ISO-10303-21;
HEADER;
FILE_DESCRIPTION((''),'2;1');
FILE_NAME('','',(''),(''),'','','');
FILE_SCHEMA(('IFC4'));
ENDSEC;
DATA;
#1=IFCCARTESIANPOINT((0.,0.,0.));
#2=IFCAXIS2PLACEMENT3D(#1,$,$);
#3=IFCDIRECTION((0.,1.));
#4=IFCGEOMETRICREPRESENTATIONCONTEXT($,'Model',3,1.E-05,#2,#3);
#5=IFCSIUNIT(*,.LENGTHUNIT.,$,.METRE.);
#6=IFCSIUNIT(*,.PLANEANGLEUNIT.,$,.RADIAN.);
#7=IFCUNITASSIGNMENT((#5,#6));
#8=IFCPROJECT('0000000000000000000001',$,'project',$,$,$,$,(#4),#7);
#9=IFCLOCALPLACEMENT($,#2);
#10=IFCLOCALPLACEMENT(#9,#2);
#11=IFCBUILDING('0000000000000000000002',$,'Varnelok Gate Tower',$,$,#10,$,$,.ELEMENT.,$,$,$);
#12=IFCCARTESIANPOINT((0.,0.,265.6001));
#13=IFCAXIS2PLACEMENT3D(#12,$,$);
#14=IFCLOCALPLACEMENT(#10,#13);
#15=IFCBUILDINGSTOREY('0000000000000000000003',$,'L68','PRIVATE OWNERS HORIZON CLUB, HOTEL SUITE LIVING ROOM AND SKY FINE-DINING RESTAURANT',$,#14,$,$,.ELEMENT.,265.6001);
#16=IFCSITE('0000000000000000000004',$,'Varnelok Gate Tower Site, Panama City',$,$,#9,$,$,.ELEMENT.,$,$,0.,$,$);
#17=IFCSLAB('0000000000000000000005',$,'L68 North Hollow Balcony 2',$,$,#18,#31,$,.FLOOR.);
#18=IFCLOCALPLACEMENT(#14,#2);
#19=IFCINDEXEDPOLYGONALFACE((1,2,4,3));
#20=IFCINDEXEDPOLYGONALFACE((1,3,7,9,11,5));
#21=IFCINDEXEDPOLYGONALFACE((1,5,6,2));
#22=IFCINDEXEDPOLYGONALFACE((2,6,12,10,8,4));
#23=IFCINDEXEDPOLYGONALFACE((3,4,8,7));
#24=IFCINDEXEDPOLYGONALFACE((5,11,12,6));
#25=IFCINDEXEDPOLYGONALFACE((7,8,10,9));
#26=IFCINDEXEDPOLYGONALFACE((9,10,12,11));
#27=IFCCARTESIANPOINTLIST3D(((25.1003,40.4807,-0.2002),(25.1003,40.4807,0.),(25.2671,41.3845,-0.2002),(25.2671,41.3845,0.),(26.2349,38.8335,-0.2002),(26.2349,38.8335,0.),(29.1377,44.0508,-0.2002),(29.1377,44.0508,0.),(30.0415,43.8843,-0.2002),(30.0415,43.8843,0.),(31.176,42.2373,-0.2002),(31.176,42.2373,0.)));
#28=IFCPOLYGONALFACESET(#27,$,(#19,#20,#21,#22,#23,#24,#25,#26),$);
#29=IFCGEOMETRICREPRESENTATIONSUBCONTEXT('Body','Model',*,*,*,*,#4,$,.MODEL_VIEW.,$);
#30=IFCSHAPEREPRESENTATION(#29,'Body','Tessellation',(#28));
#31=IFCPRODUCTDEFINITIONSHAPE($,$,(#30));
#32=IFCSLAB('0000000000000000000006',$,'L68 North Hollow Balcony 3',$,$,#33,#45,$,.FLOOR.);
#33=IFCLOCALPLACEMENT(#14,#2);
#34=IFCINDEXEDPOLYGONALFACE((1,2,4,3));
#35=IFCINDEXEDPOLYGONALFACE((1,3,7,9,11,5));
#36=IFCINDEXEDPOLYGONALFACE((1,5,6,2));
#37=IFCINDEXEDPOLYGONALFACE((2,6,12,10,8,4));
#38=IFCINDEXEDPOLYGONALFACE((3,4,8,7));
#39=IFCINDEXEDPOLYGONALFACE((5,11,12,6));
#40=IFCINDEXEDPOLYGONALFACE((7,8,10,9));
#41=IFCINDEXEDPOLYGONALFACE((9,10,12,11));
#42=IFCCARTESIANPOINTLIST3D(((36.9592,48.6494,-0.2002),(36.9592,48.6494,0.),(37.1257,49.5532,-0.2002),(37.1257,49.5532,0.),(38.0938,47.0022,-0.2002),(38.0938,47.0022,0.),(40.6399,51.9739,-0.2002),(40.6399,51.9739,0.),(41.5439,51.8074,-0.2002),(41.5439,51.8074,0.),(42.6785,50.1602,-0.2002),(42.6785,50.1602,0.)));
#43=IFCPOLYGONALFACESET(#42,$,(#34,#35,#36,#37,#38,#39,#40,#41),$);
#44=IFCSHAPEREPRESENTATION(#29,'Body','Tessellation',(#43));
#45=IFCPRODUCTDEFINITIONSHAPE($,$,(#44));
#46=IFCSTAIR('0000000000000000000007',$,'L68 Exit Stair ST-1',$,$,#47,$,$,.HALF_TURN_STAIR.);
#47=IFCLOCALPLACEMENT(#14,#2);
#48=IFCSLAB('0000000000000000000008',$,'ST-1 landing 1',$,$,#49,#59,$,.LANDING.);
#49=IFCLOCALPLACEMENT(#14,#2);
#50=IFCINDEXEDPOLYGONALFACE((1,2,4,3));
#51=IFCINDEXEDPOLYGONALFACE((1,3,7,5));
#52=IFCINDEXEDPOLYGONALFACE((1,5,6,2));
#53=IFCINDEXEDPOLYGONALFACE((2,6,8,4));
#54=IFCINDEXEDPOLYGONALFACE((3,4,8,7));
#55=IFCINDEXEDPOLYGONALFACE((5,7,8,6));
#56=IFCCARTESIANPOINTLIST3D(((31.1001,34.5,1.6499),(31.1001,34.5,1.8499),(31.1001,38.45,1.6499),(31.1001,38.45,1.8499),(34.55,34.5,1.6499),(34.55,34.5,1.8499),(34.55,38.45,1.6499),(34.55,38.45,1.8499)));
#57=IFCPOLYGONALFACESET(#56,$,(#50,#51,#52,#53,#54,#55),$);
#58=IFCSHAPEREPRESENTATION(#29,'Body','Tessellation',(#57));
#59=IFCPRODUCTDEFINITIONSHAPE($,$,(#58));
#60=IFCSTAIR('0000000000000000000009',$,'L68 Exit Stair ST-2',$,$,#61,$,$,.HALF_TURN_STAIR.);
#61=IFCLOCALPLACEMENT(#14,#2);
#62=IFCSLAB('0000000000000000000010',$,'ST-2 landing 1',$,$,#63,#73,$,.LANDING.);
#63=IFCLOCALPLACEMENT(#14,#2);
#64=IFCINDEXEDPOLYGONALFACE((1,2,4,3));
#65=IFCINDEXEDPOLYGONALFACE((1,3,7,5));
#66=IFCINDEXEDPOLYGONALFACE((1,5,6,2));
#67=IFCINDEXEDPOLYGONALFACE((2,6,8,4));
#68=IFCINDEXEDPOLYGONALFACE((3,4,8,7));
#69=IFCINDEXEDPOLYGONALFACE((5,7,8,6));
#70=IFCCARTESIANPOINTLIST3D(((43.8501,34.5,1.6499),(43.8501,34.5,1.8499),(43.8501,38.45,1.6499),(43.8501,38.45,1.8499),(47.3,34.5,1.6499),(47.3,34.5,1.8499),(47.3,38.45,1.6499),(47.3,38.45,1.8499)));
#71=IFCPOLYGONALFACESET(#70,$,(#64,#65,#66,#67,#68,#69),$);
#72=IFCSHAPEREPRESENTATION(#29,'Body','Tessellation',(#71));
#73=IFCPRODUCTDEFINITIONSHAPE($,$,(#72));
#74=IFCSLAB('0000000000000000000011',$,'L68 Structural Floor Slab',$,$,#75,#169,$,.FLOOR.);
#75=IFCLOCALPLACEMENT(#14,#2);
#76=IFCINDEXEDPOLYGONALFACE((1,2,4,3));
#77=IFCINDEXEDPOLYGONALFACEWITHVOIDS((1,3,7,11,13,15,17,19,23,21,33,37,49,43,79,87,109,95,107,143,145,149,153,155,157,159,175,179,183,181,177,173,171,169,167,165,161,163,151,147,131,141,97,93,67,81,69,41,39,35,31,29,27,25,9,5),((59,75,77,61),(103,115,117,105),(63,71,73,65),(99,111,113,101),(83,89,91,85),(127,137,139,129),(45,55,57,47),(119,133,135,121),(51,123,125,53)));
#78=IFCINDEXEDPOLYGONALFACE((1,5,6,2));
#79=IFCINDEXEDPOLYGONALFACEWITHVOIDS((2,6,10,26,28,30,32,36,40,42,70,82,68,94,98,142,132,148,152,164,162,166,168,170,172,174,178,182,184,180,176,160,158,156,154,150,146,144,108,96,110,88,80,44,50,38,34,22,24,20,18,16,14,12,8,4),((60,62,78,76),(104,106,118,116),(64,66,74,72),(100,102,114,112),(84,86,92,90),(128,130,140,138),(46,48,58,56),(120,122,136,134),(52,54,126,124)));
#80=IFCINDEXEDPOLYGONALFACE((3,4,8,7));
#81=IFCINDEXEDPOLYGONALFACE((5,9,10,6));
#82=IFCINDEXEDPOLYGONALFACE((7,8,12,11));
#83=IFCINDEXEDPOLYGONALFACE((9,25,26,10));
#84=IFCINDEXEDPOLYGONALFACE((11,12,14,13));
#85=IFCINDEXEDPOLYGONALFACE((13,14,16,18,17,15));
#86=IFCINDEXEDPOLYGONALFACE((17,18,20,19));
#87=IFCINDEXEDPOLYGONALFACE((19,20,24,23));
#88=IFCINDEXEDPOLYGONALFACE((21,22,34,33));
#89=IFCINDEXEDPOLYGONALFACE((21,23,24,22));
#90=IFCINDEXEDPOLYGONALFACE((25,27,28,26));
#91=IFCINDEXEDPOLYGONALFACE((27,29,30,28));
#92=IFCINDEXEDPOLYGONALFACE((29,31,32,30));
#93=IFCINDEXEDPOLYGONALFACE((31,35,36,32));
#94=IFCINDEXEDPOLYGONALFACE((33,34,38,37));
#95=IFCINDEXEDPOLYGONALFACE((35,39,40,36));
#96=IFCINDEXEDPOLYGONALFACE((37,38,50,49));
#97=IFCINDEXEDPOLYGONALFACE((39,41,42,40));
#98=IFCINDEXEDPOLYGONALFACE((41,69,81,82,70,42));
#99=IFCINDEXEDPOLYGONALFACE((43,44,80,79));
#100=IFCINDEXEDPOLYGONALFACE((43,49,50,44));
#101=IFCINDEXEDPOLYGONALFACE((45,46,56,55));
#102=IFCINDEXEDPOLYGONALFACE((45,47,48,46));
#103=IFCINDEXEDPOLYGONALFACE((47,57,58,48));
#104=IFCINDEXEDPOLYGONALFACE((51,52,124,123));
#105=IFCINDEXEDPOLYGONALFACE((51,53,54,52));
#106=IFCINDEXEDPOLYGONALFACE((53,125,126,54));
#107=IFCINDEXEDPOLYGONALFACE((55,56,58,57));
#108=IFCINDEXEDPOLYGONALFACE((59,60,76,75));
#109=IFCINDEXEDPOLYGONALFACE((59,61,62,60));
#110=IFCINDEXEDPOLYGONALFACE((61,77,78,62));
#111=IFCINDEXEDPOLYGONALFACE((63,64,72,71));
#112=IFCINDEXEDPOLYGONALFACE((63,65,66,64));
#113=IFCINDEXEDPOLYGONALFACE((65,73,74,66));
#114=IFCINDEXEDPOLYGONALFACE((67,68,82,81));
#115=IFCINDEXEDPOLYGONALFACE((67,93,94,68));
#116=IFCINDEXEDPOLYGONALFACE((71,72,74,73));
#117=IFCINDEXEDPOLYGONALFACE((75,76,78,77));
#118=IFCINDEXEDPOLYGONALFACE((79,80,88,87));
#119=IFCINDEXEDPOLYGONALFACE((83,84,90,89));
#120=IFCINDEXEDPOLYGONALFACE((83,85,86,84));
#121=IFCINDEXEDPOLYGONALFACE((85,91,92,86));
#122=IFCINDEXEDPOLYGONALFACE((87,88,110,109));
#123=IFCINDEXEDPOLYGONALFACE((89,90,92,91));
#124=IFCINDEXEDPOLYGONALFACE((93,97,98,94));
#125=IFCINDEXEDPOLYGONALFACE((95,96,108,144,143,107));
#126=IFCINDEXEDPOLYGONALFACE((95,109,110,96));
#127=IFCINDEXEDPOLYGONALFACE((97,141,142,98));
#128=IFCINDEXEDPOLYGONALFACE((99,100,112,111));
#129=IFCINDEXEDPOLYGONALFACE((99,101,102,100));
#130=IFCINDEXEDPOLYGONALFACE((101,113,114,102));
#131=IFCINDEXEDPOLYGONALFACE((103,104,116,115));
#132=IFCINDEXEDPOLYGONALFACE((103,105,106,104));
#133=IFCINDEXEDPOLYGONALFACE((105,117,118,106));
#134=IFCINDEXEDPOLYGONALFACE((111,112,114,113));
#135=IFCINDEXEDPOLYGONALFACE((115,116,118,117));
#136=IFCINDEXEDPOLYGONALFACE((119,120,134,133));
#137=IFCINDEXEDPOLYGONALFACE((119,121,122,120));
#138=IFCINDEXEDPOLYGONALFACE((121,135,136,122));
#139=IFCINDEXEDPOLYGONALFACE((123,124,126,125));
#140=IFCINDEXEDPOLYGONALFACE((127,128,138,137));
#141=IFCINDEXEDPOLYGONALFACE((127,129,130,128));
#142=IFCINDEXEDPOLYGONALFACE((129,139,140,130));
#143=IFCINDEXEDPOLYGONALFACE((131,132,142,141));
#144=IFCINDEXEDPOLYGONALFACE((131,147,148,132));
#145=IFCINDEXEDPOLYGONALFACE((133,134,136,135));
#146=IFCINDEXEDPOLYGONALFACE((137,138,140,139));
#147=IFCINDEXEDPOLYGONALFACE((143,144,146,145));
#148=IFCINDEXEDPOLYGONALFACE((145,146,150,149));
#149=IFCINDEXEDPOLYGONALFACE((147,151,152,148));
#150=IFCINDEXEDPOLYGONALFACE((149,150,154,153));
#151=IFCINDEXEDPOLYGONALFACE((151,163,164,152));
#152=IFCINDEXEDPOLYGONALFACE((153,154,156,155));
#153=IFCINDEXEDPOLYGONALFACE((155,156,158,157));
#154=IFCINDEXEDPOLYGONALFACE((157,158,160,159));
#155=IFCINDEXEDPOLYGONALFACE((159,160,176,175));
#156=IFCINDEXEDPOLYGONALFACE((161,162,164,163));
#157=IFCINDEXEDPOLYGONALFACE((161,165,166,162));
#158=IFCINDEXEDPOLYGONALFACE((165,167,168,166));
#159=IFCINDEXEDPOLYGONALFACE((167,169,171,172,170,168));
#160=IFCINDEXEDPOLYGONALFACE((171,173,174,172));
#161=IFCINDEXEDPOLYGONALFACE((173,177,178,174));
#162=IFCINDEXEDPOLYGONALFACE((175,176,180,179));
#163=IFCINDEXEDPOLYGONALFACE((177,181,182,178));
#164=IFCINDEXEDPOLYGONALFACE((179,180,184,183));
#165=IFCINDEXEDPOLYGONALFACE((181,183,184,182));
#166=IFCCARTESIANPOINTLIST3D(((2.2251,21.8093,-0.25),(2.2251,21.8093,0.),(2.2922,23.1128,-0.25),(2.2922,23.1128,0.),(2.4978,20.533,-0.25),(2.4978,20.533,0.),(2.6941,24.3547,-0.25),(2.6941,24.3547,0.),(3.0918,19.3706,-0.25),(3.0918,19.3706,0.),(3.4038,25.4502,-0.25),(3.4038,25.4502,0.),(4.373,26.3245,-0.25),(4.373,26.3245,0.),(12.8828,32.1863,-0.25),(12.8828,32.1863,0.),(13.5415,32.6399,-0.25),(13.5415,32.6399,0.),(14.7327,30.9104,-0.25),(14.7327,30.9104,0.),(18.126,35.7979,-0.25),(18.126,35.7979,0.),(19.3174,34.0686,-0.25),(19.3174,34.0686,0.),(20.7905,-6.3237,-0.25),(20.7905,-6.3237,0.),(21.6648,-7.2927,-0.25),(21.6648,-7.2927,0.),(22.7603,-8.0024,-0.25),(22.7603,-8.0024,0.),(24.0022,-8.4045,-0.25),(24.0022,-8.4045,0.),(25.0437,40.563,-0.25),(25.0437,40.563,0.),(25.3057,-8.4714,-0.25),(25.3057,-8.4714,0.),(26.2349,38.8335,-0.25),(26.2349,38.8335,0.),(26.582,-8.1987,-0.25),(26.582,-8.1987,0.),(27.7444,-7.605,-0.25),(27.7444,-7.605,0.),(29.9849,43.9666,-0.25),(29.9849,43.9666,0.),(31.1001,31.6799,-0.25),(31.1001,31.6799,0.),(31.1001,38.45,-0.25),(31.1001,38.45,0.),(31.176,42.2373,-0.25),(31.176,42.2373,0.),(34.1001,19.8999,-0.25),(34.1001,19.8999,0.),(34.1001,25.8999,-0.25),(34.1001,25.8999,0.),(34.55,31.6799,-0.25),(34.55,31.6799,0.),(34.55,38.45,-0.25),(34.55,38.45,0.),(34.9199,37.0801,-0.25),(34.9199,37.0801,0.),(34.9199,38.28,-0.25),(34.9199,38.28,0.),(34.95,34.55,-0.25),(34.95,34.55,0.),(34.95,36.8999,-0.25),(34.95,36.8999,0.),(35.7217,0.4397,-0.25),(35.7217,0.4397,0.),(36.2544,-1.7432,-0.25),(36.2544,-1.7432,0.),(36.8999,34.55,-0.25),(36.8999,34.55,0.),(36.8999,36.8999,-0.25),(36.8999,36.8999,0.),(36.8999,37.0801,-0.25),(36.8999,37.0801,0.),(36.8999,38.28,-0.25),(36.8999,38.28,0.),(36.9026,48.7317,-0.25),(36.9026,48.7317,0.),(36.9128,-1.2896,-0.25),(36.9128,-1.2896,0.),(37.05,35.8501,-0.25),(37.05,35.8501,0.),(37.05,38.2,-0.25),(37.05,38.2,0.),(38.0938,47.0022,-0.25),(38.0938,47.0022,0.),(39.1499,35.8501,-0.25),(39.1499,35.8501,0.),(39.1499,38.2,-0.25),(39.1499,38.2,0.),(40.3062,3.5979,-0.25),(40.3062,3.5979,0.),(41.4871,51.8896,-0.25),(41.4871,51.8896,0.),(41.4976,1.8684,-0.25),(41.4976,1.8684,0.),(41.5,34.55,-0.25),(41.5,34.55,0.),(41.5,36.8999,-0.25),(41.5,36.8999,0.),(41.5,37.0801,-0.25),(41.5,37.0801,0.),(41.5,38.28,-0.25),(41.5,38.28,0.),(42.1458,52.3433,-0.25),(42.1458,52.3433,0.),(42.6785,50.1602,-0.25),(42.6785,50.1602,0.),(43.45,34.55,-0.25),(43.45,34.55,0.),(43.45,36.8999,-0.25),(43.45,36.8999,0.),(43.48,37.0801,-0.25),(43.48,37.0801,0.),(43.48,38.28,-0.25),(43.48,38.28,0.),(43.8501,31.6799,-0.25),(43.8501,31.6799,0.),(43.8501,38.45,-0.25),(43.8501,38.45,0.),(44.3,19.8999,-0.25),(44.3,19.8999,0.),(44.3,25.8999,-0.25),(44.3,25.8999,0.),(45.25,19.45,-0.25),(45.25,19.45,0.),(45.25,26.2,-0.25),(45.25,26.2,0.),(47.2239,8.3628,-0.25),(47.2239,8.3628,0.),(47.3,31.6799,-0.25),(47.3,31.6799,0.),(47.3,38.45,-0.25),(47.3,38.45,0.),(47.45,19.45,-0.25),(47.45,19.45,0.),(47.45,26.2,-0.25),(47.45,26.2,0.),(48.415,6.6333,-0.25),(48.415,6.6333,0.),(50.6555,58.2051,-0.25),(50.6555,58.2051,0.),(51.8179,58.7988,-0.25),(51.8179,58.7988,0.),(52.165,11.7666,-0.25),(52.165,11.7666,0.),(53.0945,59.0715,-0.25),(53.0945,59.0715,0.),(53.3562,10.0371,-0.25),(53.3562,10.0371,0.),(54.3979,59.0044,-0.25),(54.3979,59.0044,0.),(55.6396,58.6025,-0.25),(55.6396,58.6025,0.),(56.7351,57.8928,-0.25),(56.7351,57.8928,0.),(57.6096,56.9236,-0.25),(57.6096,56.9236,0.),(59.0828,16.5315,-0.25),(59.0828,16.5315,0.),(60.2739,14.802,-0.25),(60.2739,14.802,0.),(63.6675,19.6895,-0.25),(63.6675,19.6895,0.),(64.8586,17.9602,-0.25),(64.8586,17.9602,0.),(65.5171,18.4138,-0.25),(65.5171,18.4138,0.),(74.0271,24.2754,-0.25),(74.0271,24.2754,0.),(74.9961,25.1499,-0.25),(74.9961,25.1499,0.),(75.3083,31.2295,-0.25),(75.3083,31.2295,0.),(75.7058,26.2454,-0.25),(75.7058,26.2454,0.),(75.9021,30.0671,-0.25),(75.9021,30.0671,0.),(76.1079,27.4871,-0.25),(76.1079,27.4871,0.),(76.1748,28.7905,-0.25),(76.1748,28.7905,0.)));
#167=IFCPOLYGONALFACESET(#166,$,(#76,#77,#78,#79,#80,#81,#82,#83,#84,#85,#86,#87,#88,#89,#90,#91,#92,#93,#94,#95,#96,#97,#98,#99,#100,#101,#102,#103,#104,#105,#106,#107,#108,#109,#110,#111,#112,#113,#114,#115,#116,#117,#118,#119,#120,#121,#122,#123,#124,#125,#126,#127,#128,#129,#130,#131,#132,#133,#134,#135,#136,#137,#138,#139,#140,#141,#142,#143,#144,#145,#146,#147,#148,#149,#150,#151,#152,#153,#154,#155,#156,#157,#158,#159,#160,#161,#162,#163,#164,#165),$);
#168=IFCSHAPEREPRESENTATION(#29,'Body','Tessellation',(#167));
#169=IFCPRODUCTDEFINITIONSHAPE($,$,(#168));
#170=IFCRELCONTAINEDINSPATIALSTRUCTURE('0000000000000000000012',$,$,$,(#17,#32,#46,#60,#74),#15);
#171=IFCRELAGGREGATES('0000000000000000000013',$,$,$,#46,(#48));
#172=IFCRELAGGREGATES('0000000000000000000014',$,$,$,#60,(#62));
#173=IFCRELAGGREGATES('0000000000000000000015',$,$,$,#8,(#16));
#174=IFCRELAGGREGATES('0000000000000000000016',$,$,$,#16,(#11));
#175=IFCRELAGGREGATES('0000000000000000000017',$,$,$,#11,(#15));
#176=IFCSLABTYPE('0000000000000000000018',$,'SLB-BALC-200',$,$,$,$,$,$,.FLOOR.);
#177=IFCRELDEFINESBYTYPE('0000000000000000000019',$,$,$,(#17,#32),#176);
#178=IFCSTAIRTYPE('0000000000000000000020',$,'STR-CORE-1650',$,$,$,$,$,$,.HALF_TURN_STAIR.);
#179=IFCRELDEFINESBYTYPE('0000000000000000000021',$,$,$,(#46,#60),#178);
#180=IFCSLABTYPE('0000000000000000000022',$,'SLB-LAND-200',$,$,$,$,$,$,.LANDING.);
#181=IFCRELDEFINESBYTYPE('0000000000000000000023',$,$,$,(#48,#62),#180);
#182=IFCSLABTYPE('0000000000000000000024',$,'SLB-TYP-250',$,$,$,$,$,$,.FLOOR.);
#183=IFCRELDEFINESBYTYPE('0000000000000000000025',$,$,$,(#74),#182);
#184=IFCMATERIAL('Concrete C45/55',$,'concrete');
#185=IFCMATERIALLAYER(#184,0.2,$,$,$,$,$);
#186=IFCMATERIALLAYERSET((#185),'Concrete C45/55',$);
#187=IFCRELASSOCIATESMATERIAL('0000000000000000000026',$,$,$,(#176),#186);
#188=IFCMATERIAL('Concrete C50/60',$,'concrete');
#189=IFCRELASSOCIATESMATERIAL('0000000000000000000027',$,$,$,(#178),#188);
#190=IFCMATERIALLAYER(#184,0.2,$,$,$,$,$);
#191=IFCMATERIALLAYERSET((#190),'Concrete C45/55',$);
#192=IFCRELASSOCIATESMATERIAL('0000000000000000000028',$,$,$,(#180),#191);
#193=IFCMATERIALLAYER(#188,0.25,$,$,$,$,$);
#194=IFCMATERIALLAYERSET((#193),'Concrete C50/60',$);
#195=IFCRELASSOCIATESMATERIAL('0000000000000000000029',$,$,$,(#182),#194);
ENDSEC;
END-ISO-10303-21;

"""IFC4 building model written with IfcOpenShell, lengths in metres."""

from ifc_helpers import new_model, si_unit, direction, frame, origin, place, context, subcontext, project, spatial, polyline, outline, extrude, material, layer, layer_set, type_object, element, aggregate, save


model = new_model("IFC4")

# Units and contexts
model_context = context("Model", 3, precision=1e-05, world=origin(), true_north=direction((0.0, 1.0)))
body_context = subcontext(model_context, "Body", "Model", "MODEL_VIEW")
ifc_project = project(units=[si_unit("LENGTHUNIT", "METRE"), si_unit("PLANEANGLEUNIT", "RADIAN")], contexts=[model_context])

# Site, building, storey
site_placement = place(None, origin())
site = spatial("IfcSite", under=ifc_project, at=site_placement, Name="Varnelok Gate Tower Site, Panama City", CompositionType="ELEMENT", RefElevation=0.0)
building_placement = place(site_placement, origin())
building = spatial("IfcBuilding", under=site, at=building_placement, Name="Varnelok Gate Tower", CompositionType="ELEMENT")
storey_placement = place(building_placement, frame((0.0, 0.0, 265.6001)))
storey = spatial("IfcBuildingStorey", under=building, at=storey_placement, Name="L68", Description="PRIVATE OWNERS HORIZON CLUB, HOTEL SUITE LIVING ROOM AND SKY FINE-DINING RESTAURANT", CompositionType="ELEMENT", Elevation=265.6001)

# Slabs
ifc_material_1 = material(Name="Concrete C45/55", Category="concrete")
ifc_layer_1 = layer(ifc_material_1, 0.2)
ifc_layer_set_1 = layer_set([ifc_layer_1], Name="Concrete C45/55")
slab_type_1 = type_object("IfcSlabType", Name="SLB-BALC-200", PredefinedType="FLOOR", material=ifc_layer_set_1)
slab_1_placement = place(storey_placement, frame((0.0, 0.0, -0.2002)))
element("IfcSlab", 1, at=slab_1_placement, inside=storey, type_object=slab_type_1, Name="L68 North Hollow Balcony 2", PredefinedType="FLOOR", context=body_context, shape_type="SweptSolid", body=[
    extrude(outline(polyline([(26.2349, 38.8335), (31.176, 42.2373), (30.0415, 43.8843), (29.1377, 44.0508), (25.2671, 41.3845), (25.1003, 40.4807), (26.2349, 38.8335)])), origin(), (0.0, 0.0, 1.0), 0.2002),
])
slab_2_placement = place(storey_placement, frame((0.0, 0.0, -0.2002)))
element("IfcSlab", 2, at=slab_2_placement, inside=storey, type_object=slab_type_1, Name="L68 North Hollow Balcony 3", PredefinedType="FLOOR", context=body_context, shape_type="SweptSolid", body=[
    extrude(outline(polyline([(38.0938, 47.0022), (42.6785, 50.1602), (41.5439, 51.8074), (40.6399, 51.9739), (37.1257, 49.5532), (36.9592, 48.6494), (38.0938, 47.0022)])), origin(), (0.0, 0.0, 1.0), 0.2002),
])

# Stairs, slabs
ifc_material_2 = material(Name="Concrete C50/60", Category="concrete")
stair_type = type_object("IfcStairType", Name="STR-CORE-1650", PredefinedType="HALF_TURN_STAIR", material=ifc_material_2)
stair_1_placement = place(storey_placement, origin())
stair_1 = element("IfcStair", 3, at=stair_1_placement, inside=storey, type_object=stair_type, Name="L68 Exit Stair ST-1", PredefinedType="HALF_TURN_STAIR")
ifc_layer_2 = layer(ifc_material_1, 0.2)
ifc_layer_set_2 = layer_set([ifc_layer_2], Name="Concrete C45/55")
slab_type_2 = type_object("IfcSlabType", Name="SLB-LAND-200", PredefinedType="LANDING", material=ifc_layer_set_2)
slab_3_placement = place(storey_placement, frame((0.0, 0.0, 1.6499)))
slab_3 = element("IfcSlab", 4, at=slab_3_placement, type_object=slab_type_2, Name="ST-1 landing 1", PredefinedType="LANDING", context=body_context, shape_type="SweptSolid", body=[
    extrude(outline(polyline([(34.55, 34.5), (34.55, 38.45), (31.1001, 38.45), (31.1001, 34.5), (34.55, 34.5)])), origin(), (0.0, 0.0, 1.0), 0.2),
])
aggregate(stair_1, [slab_3])
stair_2_placement = place(storey_placement, origin())
stair_2 = element("IfcStair", 5, at=stair_2_placement, inside=storey, type_object=stair_type, Name="L68 Exit Stair ST-2", PredefinedType="HALF_TURN_STAIR")
slab_4_placement = place(storey_placement, frame((0.0, 0.0, 1.6499)))
slab_4 = element("IfcSlab", 6, at=slab_4_placement, type_object=slab_type_2, Name="ST-2 landing 1", PredefinedType="LANDING", context=body_context, shape_type="SweptSolid", body=[
    extrude(outline(polyline([(47.3, 34.5), (47.3, 38.45), (43.8501, 38.45), (43.8501, 34.5), (47.3, 34.5)])), origin(), (0.0, 0.0, 1.0), 0.2),
])
aggregate(stair_2, [slab_4])

# Slab
ifc_layer_3 = layer(ifc_material_2, 0.25)
ifc_layer_set_3 = layer_set([ifc_layer_3], Name="Concrete C50/60")
slab_type_3 = type_object("IfcSlabType", Name="SLB-TYP-250", PredefinedType="FLOOR", material=ifc_layer_set_3)
slab_5_placement = place(storey_placement, frame((0.0, 0.0, -0.25)))
element("IfcSlab", 7, at=slab_5_placement, inside=storey, type_object=slab_type_3, Name="L68 Structural Floor Slab", PredefinedType="FLOOR", context=body_context, shape_type="SweptSolid", body=[
    extrude(outline(polyline([(20.7905, -6.3237), (21.6648, -7.2927), (22.7603, -8.0024), (24.0022, -8.4045), (25.3057, -8.4714), (26.582, -8.1987), (27.7444, -7.605), (36.2544, -1.7432), (36.9128, -1.2896), (35.7217, 0.4397), (40.3062, 3.5979), (41.4976, 1.8684), (48.415, 6.6333), (47.2239, 8.3628), (52.165, 11.7666), (53.3562, 10.0371), (60.2739, 14.802), (59.0828, 16.5315), (63.6675, 19.6895), (64.8586, 17.9602), (65.5171, 18.4138), (74.0271, 24.2754), (74.9961, 25.1499), (75.7058, 26.2454), (76.1079, 27.4871), (76.1748, 28.7905), (75.9021, 30.0671), (75.3083, 31.2295), (57.6096, 56.9236), (56.7351, 57.8928), (55.6396, 58.6025), (54.3979, 59.0044), (53.0945, 59.0715), (51.8179, 58.7988), (50.6555, 58.2051), (42.1458, 52.3433), (41.4871, 51.8896), (42.6785, 50.1602), (38.0938, 47.0022), (36.9026, 48.7317), (29.9849, 43.9666), (31.176, 42.2373), (26.2349, 38.8335), (25.0437, 40.563), (18.126, 35.7979), (19.3174, 34.0686), (14.7327, 30.9104), (13.5415, 32.6399), (12.8828, 32.1863), (4.373, 26.3245), (3.4038, 25.4502), (2.6941, 24.3547), (2.2922, 23.1128), (2.2251, 21.8093), (2.4978, 20.533), (3.0918, 19.3706), (20.7905, -6.3237)]), holes=[polyline([(34.55, 31.6799), (34.55, 38.45), (31.1001, 38.45), (31.1001, 31.6799), (34.55, 31.6799)]), polyline([(47.3, 31.6799), (47.3, 38.45), (43.8501, 38.45), (43.8501, 31.6799), (47.3, 31.6799)]), polyline([(34.95, 34.55), (36.8999, 34.55), (36.8999, 36.8999), (34.95, 36.8999), (34.95, 34.55)]), polyline([(41.5, 34.55), (43.45, 34.55), (43.45, 36.8999), (41.5, 36.8999), (41.5, 34.55)]), polyline([(37.05, 35.8501), (39.1499, 35.8501), (39.1499, 38.2), (37.05, 38.2), (37.05, 35.8501)]), polyline([(45.25, 19.45), (47.45, 19.45), (47.45, 26.2), (45.25, 26.2), (45.25, 19.45)]), polyline([(34.9199, 37.0801), (36.8999, 37.0801), (36.8999, 38.28), (34.9199, 38.28), (34.9199, 37.0801)]), polyline([(41.5, 37.0801), (43.48, 37.0801), (43.48, 38.28), (41.5, 38.28), (41.5, 37.0801)]), polyline([(34.1001, 19.8999), (44.3, 19.8999), (44.3, 25.8999), (34.1001, 25.8999), (34.1001, 19.8999)])]), origin(), (0.0, 0.0, 1.0), 0.25),
])

save(model, "model.ifc")
